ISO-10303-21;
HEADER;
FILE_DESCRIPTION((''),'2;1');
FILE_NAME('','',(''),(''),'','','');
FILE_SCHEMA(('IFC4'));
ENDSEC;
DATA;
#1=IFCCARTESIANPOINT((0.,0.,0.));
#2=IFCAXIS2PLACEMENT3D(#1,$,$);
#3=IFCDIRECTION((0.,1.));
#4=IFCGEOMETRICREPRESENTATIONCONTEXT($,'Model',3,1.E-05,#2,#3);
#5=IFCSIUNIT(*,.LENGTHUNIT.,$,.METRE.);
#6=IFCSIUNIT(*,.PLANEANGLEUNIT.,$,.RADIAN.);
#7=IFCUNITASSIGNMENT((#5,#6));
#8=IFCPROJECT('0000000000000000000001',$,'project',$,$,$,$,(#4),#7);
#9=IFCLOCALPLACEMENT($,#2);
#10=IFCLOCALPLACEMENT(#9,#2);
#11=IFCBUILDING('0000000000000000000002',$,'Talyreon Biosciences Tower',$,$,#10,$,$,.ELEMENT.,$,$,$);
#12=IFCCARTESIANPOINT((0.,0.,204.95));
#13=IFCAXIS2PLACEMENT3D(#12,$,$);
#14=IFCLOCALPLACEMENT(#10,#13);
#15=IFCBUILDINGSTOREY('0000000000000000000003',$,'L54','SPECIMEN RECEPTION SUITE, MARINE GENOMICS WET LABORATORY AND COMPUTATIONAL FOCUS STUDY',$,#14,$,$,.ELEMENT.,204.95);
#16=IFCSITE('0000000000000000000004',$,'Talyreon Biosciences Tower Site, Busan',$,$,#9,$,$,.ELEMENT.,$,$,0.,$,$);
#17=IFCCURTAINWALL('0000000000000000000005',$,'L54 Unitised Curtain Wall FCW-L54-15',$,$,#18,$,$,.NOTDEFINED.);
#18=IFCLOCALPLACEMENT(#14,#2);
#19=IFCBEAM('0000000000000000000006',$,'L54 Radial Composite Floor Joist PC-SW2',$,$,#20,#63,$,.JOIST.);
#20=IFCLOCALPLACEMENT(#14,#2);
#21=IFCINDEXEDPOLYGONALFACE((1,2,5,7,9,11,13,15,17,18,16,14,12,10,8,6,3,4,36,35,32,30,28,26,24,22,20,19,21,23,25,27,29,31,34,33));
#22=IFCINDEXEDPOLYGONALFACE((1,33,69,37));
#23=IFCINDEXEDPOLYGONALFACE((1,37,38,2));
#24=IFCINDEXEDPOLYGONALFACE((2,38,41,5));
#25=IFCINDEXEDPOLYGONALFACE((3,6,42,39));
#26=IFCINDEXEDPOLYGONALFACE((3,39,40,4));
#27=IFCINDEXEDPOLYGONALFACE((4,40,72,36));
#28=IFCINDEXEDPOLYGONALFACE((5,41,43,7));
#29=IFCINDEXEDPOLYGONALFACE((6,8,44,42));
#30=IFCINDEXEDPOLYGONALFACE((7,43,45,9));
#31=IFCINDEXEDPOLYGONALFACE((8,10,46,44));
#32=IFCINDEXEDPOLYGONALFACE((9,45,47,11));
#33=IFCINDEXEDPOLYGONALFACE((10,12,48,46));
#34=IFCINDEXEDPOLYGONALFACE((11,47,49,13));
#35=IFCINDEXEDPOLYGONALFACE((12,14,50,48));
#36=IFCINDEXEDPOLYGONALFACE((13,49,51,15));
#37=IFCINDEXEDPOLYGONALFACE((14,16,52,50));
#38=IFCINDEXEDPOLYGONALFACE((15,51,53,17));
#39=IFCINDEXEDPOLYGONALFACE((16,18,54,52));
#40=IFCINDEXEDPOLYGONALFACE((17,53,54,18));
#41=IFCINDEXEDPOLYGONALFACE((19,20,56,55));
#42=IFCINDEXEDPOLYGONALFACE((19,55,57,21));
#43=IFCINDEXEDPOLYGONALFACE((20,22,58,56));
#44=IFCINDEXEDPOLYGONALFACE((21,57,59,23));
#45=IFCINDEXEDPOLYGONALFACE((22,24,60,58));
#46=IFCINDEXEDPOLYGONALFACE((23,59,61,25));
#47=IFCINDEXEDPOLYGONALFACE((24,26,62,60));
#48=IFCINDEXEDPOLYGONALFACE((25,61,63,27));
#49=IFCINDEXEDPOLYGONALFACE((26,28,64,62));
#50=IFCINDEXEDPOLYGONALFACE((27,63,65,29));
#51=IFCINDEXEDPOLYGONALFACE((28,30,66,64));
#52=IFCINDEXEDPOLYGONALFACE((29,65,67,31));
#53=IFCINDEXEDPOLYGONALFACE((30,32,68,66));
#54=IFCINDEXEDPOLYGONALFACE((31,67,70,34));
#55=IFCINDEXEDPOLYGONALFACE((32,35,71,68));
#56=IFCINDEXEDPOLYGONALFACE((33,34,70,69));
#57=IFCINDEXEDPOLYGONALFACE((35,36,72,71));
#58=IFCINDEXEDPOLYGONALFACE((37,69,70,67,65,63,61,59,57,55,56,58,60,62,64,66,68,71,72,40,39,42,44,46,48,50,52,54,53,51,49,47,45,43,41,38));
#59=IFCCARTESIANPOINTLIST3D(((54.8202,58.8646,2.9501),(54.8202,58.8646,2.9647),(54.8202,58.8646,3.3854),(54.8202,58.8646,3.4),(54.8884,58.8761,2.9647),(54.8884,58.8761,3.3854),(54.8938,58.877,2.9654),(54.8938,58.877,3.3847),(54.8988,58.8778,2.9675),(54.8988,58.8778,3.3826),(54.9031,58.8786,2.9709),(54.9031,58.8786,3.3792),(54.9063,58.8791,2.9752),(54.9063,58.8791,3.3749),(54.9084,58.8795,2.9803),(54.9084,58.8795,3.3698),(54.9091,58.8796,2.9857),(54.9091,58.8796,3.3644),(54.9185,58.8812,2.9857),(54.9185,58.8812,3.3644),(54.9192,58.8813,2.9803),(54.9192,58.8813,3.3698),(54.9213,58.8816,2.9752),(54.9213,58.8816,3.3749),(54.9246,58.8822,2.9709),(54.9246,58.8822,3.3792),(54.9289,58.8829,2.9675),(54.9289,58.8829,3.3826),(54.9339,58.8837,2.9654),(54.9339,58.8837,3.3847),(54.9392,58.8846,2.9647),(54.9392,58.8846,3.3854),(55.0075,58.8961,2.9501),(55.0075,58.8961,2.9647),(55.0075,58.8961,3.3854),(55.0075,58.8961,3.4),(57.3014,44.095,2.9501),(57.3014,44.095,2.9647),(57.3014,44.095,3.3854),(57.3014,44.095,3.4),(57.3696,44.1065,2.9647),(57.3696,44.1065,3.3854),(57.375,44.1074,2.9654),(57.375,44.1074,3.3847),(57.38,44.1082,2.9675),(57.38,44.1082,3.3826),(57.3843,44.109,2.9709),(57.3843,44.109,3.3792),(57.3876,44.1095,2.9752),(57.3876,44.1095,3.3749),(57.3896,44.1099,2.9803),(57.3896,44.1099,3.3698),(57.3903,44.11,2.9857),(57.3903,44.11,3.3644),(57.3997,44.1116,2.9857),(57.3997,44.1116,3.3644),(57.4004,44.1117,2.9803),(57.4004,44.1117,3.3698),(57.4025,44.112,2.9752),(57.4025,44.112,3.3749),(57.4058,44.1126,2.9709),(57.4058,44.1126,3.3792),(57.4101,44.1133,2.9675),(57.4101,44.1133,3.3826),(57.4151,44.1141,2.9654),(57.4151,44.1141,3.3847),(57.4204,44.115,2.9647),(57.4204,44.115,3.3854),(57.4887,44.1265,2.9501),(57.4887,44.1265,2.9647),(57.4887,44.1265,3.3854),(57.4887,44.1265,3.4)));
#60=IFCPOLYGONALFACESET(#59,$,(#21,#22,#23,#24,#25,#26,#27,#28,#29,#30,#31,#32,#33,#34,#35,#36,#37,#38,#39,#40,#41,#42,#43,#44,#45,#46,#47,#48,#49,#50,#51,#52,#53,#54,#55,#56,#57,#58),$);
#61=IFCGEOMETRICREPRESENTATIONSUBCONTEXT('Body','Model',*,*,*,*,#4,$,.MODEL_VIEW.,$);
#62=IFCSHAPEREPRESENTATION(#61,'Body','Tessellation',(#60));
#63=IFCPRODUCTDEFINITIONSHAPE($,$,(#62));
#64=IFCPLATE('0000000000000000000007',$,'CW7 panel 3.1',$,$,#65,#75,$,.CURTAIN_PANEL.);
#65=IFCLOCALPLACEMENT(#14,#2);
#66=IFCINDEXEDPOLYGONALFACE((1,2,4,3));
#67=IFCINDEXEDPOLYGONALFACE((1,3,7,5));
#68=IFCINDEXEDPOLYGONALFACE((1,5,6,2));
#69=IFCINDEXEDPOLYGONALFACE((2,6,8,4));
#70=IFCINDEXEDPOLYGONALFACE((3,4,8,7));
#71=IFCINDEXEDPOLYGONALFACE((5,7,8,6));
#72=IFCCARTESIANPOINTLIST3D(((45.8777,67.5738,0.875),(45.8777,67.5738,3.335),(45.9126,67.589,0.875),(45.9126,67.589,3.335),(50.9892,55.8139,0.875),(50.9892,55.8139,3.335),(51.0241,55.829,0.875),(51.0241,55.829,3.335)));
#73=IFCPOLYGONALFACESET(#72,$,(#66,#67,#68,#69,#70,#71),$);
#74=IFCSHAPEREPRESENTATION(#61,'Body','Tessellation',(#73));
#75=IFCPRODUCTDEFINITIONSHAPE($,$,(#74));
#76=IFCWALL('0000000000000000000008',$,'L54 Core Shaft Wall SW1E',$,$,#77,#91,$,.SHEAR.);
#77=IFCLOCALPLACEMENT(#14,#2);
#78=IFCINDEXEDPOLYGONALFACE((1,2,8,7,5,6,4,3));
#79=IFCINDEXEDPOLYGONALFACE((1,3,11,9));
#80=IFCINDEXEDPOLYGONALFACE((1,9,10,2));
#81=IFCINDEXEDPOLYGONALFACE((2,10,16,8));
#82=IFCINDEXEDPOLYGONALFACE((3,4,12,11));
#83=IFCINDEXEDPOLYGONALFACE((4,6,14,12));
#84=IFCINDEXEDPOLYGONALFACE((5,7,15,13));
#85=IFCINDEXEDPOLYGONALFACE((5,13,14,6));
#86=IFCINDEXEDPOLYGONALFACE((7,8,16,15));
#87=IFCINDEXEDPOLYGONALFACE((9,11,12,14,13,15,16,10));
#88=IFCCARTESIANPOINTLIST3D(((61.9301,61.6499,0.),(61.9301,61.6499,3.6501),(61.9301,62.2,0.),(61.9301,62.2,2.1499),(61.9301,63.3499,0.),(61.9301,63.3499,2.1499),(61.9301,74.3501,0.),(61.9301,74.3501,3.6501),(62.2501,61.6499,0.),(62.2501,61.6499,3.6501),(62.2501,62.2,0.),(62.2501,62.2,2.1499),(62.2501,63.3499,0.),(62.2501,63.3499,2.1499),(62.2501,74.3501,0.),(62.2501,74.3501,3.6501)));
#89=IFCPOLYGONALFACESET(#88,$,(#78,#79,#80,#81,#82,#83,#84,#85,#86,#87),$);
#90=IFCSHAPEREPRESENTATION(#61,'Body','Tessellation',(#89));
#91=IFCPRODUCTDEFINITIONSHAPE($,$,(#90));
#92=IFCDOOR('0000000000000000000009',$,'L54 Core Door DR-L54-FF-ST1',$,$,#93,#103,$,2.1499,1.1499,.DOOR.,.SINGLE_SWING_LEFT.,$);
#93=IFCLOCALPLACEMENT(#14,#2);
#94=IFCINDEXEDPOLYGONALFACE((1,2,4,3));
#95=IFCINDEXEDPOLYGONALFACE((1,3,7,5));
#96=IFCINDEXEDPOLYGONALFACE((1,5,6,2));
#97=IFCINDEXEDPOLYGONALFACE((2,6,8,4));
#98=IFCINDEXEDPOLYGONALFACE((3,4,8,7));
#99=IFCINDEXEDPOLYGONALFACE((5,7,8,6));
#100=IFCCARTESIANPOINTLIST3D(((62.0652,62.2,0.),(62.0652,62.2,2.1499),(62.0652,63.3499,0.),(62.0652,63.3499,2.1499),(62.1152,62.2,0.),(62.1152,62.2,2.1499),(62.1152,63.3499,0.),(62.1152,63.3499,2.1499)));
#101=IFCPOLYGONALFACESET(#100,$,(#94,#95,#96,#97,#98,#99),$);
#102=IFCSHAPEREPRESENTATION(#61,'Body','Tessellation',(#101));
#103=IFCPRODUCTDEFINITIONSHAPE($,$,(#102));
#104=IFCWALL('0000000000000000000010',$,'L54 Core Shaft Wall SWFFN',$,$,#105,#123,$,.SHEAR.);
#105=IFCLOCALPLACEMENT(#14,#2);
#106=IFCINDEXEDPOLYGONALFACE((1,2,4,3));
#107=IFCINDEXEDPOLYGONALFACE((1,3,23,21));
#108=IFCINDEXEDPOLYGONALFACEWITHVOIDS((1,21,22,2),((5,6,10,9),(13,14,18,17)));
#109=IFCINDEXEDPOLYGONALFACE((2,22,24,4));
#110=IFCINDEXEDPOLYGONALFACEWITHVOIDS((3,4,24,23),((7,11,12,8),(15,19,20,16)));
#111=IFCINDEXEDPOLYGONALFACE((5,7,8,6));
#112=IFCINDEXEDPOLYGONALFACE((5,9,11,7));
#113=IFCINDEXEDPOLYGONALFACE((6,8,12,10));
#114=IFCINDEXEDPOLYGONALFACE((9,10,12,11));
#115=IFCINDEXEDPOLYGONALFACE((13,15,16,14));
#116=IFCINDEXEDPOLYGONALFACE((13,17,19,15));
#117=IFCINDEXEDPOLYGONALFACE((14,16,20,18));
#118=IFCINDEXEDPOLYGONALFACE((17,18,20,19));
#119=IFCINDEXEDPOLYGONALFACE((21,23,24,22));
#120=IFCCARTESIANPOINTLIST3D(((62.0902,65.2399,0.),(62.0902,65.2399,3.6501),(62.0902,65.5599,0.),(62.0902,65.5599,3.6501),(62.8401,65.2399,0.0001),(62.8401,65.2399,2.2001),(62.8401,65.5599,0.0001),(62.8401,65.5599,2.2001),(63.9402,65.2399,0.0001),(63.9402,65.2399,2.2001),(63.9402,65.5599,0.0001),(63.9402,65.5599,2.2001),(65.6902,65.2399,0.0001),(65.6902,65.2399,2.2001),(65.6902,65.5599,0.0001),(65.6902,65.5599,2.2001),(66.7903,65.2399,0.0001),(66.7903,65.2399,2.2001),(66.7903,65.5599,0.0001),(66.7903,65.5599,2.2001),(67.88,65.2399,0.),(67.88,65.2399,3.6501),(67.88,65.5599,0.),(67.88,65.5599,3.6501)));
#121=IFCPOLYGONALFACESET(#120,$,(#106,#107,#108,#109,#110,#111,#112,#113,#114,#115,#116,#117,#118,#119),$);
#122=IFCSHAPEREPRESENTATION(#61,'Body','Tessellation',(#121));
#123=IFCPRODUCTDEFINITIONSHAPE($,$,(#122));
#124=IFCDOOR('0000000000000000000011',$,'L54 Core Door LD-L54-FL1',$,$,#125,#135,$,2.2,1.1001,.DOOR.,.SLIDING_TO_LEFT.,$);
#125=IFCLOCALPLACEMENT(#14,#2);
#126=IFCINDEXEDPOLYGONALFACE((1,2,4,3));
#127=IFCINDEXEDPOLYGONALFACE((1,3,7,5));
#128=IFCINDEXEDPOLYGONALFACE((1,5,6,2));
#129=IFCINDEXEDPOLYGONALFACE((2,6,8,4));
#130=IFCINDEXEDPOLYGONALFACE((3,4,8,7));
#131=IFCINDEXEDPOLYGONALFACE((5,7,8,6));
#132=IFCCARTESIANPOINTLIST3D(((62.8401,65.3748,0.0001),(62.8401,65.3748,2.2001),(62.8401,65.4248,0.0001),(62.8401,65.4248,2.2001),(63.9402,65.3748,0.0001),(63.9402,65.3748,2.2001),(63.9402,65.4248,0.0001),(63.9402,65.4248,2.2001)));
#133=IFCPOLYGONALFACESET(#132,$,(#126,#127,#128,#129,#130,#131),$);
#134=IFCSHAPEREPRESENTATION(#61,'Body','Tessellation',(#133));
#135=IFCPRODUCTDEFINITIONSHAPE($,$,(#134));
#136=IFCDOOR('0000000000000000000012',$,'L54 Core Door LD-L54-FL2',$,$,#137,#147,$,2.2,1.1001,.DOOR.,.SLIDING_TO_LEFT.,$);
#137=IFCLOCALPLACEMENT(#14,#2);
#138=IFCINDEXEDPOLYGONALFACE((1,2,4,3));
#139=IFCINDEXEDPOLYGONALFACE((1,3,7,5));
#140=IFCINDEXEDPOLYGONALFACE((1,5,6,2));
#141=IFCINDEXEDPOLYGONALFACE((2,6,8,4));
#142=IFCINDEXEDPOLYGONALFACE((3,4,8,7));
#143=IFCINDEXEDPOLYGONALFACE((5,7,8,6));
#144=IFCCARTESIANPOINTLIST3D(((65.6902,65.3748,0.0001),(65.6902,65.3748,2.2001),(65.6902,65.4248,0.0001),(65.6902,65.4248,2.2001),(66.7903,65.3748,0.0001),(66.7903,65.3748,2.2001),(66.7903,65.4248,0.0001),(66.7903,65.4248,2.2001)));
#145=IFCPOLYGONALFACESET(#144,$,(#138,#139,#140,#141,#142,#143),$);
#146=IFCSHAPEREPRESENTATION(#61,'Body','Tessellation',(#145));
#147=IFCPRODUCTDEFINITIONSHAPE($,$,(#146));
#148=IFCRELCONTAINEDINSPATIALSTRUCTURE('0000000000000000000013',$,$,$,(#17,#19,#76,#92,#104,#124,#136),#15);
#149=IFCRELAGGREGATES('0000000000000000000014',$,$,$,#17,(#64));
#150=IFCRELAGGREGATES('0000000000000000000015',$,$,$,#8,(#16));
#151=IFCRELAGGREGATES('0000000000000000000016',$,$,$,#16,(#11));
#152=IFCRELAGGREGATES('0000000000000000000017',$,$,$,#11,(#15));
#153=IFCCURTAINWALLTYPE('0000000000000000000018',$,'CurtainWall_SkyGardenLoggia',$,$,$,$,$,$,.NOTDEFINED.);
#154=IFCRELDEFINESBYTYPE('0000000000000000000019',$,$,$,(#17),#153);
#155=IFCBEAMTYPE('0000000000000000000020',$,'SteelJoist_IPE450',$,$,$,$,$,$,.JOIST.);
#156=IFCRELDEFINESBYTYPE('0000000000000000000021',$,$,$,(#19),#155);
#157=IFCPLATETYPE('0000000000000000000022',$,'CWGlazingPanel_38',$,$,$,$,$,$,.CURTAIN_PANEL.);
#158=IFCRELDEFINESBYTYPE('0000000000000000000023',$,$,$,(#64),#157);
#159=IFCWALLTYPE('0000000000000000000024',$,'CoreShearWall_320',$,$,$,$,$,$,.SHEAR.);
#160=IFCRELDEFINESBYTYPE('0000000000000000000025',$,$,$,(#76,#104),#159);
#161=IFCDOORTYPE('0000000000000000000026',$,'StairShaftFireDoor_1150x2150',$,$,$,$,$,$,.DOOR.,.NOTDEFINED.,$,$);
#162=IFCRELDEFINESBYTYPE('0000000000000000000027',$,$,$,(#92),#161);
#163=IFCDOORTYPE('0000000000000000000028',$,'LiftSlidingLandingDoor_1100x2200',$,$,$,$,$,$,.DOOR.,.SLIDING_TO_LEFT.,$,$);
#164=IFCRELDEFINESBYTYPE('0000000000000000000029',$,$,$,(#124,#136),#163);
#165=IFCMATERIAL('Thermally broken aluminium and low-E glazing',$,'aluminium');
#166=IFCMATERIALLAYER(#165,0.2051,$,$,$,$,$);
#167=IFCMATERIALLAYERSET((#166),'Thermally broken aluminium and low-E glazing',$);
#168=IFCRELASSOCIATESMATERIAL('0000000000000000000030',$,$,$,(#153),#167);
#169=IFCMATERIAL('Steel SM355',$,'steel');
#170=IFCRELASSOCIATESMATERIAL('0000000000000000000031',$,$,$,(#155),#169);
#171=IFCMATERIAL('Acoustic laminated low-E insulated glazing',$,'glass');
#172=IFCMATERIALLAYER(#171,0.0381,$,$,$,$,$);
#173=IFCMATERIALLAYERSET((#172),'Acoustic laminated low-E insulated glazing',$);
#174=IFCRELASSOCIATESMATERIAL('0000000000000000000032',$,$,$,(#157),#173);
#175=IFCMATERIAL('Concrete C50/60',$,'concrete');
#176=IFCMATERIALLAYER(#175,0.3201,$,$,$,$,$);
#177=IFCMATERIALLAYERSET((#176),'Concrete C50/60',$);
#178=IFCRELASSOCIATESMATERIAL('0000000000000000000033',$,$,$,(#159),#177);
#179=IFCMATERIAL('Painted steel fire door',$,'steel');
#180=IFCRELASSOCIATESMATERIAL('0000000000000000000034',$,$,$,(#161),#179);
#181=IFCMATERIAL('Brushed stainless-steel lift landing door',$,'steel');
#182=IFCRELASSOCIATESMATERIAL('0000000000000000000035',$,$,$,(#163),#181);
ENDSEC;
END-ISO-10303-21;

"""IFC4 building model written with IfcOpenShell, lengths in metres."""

from ifc_helpers import new_model, si_unit, direction, frame, frame_2d, origin, origin_2d, place, context, subcontext, project, spatial, rectangle, i_section, extrude, material, layer, layer_set, material_profile, profile_set, type_object, element, fill, aggregate, save


model = new_model("IFC4")

# Units and contexts
model_context = context("Model", 3, precision=1e-05, world=origin(), true_north=direction((0.0, 1.0)))
body_context = subcontext(model_context, "Body", "Model", "MODEL_VIEW")
ifc_project = project(units=[si_unit("LENGTHUNIT", "METRE"), si_unit("PLANEANGLEUNIT", "RADIAN")], contexts=[model_context])

# Site, building, storey
site_placement = place(None, origin())
site = spatial("IfcSite", under=ifc_project, at=site_placement, Name="Talyreon Biosciences Tower Site, Busan", CompositionType="ELEMENT", RefElevation=0.0)
building_placement = place(site_placement, origin())
building = spatial("IfcBuilding", under=site, at=building_placement, Name="Talyreon Biosciences Tower", CompositionType="ELEMENT")
storey_placement = place(building_placement, frame((0.0, 0.0, 204.95)))
storey = spatial("IfcBuildingStorey", under=building, at=storey_placement, Name="L54", Description="SPECIMEN RECEPTION SUITE, MARINE GENOMICS WET LABORATORY AND COMPUTATIONAL FOCUS STUDY", CompositionType="ELEMENT", Elevation=204.95)

# Shared definitions
ifc_material_1 = material(Name="Concrete C50/60", Category="concrete")

# Curtain wall
ifc_material_2 = material(Name="Thermally broken aluminium and low-E glazing", Category="aluminium")
ifc_layer_1 = layer(ifc_material_2, 0.2051)
ifc_layer_set_1 = layer_set([ifc_layer_1], Name="Thermally broken aluminium and low-E glazing")
curtain_wall_type = type_object("IfcCurtainWallType", Name="CurtainWall_SkyGardenLoggia", PredefinedType="NOTDEFINED", material=ifc_layer_set_1)
curtain_wall_placement = place(storey_placement, origin())
curtain_wall = element("IfcCurtainWall", 1, at=curtain_wall_placement, inside=storey, type_object=curtain_wall_type, Name="L54 Unitised Curtain Wall FCW-L54-15", PredefinedType="NOTDEFINED")

# Beam
ifc_material_3 = material(Name="Steel SM355", Category="steel")
ifc_material_profile_1 = material_profile(ifc_material_3, i_section(OverallWidth=0.1899, OverallDepth=0.45, WebThickness=0.0095, FlangeThickness=0.0146, FilletRadius=0.021, at=origin_2d()), Name="IPE450")
ifc_profile_set_1 = profile_set([ifc_material_profile_1], Name="Steel SM355")
beam_type_1 = type_object("IfcBeamType", Name="SteelJoist_IPE450", PredefinedType="JOIST", material=ifc_profile_set_1)
beam_1_placement = place(storey_placement, frame((54.9138, 58.8804, 3.175), z_axis=(0.165673, -0.986181, 0.0), x_axis=(0.986181, 0.165673, 0.0)))
element("IfcBeam", 2, at=beam_1_placement, inside=storey, type_object=beam_type_1, Name="L54 Radial Composite Floor Joist PC-SW2", PredefinedType="JOIST", context=body_context, shape_type="SweptSolid", body=[
    extrude(i_section(OverallWidth=0.1899, OverallDepth=0.45, WebThickness=0.0095, FlangeThickness=0.0146, FilletRadius=0.021, at=origin_2d()), origin(), (0.0, 0.0, 1.0), 14.9766),
])

# Plate
ifc_material_4 = material(Name="Acoustic laminated low-E insulated glazing", Category="glass")
ifc_layer_2 = layer(ifc_material_4, 0.0381)
ifc_layer_set_2 = layer_set([ifc_layer_2], Name="Acoustic laminated low-E insulated glazing")
plate_type = type_object("IfcPlateType", Name="CWGlazingPanel_38", PredefinedType="CURTAIN_PANEL", material=ifc_layer_set_2)
plate_placement = place(storey_placement, frame((48.4509, 61.7014, 0.875), z_axis=(0.0, 0.0, 1.0), x_axis=(-0.398626, 0.917113, 0.0)))
plate = element("IfcPlate", 3, at=plate_placement, type_object=plate_type, Name="CW7 panel 3.1", PredefinedType="CURTAIN_PANEL", context=body_context, shape_type="SweptSolid", body=[
    extrude(rectangle(XDim=12.8228, YDim=0.0381, at=origin_2d()), origin(), (0.0, 0.0, 1.0), 2.46),
])
aggregate(curtain_wall, [plate])

# Wall, opening, door
ifc_layer_3 = layer(ifc_material_1, 0.3201)
ifc_layer_set_3 = layer_set([ifc_layer_3], Name="Concrete C50/60")
wall_type_1 = type_object("IfcWallType", Name="CoreShearWall_320", PredefinedType="SHEAR", material=ifc_layer_set_3)
wall_1_placement = place(storey_placement, frame((62.0901, 61.6499, 0.0), z_axis=(0.0, 0.0, 1.0), x_axis=(0.0, 1.0, 0.0)))
wall_1 = element("IfcWall", 4, at=wall_1_placement, inside=storey, type_object=wall_type_1, Name="L54 Core Shaft Wall SW1E", PredefinedType="SHEAR", context=body_context, shape_type="SweptSolid", body=[
    extrude(rectangle(XDim=12.7002, YDim=0.3201, at=frame_2d((6.3501, 0.0))), origin(), (0.0, 0.0, 1.0), 3.6501),
])
opening_1_placement = place(wall_1_placement, frame((0.55, 0.0, 0.0)))
opening_1 = element("IfcOpeningElement", 5, at=opening_1_placement, cuts=wall_1, PredefinedType="OPENING", context=body_context, shape_type="SweptSolid", body=[
    extrude(rectangle(XDim=1.1499, YDim=2.1499, at=frame_2d((0.575, 1.075))), frame((0.0, 0.1699, 0.0), z_axis=(0.0, -1.0, 0.0), x_axis=(1.0, 0.0, 0.0)), (0.0, 0.0, 1.0), 0.3401),
])
ifc_material_5 = material(Name="Painted steel fire door", Category="steel")
door_type_1 = type_object("IfcDoorType", Name="StairShaftFireDoor_1150x2150", OperationType="NOTDEFINED", PredefinedType="DOOR", material=ifc_material_5)
door_1_placement = place(opening_1_placement, origin())
door_1 = element("IfcDoor", 6, at=door_1_placement, inside=storey, type_object=door_type_1, Name="L54 Core Door DR-L54-FF-ST1", OperationType="SINGLE_SWING_LEFT", OverallHeight=2.1499, OverallWidth=1.1499, PredefinedType="DOOR", context=body_context, shape_type="SweptSolid", body=[
    extrude(rectangle(XDim=1.1499, YDim=2.1499, at=frame_2d((0.575, 1.075))), frame((0.0, 0.0249, 0.0), z_axis=(0.0, -1.0, 0.0), x_axis=(1.0, 0.0, 0.0)), (0.0, 0.0, 1.0), 0.05),
])
fill(opening_1, door_1)

# Wall, openings, doors
wall_2_placement = place(storey_placement, frame((62.0901, 65.3999, 0.0), z_axis=(0.0, 0.0, 1.0), x_axis=(1.0, 0.0, 0.0)))
wall_2 = element("IfcWall", 7, at=wall_2_placement, inside=storey, type_object=wall_type_1, Name="L54 Core Shaft Wall SWFFN", PredefinedType="SHEAR", context=body_context, shape_type="SweptSolid", body=[
    extrude(rectangle(XDim=5.7898, YDim=0.3201, at=frame_2d((2.895, 0.0))), origin(), (0.0, 0.0, 1.0), 3.6501),
])
opening_2_placement = place(wall_2_placement, frame((0.75, 0.0, 0.0)))
opening_2 = element("IfcOpeningElement", 8, at=opening_2_placement, cuts=wall_2, PredefinedType="OPENING", context=body_context, shape_type="SweptSolid", body=[
    extrude(rectangle(XDim=1.1001, YDim=2.2, at=frame_2d((0.55, 1.1001))), frame((0.0, 0.1699, 0.0), z_axis=(0.0, -1.0, 0.0), x_axis=(1.0, 0.0, 0.0)), (0.0, 0.0, 1.0), 0.3401),
])
opening_3_placement = place(wall_2_placement, frame((3.6001, 0.0, 0.0)))
opening_3 = element("IfcOpeningElement", 9, at=opening_3_placement, cuts=wall_2, PredefinedType="OPENING", context=body_context, shape_type="SweptSolid", body=[
    extrude(rectangle(XDim=1.1001, YDim=2.2, at=frame_2d((0.55, 1.1001))), frame((0.0, 0.1699, 0.0), z_axis=(0.0, -1.0, 0.0), x_axis=(1.0, 0.0, 0.0)), (0.0, 0.0, 1.0), 0.3401),
])
ifc_material_6 = material(Name="Brushed stainless-steel lift landing door", Category="steel")
door_type_2 = type_object("IfcDoorType", Name="LiftSlidingLandingDoor_1100x2200", OperationType="SLIDING_TO_LEFT", PredefinedType="DOOR", material=ifc_material_6)
door_2_placement = place(opening_2_placement, origin())
door_2 = element("IfcDoor", 10, at=door_2_placement, inside=storey, type_object=door_type_2, Name="L54 Core Door LD-L54-FL1", OperationType="SLIDING_TO_LEFT", OverallHeight=2.2, OverallWidth=1.1001, PredefinedType="DOOR", context=body_context, shape_type="SweptSolid", body=[
    extrude(rectangle(XDim=1.1001, YDim=2.2, at=frame_2d((0.55, 1.1001))), frame((0.0, 0.0249, 0.0), z_axis=(0.0, -1.0, 0.0), x_axis=(1.0, 0.0, 0.0)), (0.0, 0.0, 1.0), 0.05),
])
fill(opening_2, door_2)
door_3_placement = place(opening_3_placement, origin())
door_3 = element("IfcDoor", 11, at=door_3_placement, inside=storey, type_object=door_type_2, Name="L54 Core Door LD-L54-FL2", OperationType="SLIDING_TO_LEFT", OverallHeight=2.2, OverallWidth=1.1001, PredefinedType="DOOR", context=body_context, shape_type="SweptSolid", body=[
    extrude(rectangle(XDim=1.1001, YDim=2.2, at=frame_2d((0.55, 1.1001))), frame((0.0, 0.0249, 0.0), z_axis=(0.0, -1.0, 0.0), x_axis=(1.0, 0.0, 0.0)), (0.0, 0.0, 1.0), 0.05),
])
fill(opening_3, door_3)

save(model, "model.ifc")
